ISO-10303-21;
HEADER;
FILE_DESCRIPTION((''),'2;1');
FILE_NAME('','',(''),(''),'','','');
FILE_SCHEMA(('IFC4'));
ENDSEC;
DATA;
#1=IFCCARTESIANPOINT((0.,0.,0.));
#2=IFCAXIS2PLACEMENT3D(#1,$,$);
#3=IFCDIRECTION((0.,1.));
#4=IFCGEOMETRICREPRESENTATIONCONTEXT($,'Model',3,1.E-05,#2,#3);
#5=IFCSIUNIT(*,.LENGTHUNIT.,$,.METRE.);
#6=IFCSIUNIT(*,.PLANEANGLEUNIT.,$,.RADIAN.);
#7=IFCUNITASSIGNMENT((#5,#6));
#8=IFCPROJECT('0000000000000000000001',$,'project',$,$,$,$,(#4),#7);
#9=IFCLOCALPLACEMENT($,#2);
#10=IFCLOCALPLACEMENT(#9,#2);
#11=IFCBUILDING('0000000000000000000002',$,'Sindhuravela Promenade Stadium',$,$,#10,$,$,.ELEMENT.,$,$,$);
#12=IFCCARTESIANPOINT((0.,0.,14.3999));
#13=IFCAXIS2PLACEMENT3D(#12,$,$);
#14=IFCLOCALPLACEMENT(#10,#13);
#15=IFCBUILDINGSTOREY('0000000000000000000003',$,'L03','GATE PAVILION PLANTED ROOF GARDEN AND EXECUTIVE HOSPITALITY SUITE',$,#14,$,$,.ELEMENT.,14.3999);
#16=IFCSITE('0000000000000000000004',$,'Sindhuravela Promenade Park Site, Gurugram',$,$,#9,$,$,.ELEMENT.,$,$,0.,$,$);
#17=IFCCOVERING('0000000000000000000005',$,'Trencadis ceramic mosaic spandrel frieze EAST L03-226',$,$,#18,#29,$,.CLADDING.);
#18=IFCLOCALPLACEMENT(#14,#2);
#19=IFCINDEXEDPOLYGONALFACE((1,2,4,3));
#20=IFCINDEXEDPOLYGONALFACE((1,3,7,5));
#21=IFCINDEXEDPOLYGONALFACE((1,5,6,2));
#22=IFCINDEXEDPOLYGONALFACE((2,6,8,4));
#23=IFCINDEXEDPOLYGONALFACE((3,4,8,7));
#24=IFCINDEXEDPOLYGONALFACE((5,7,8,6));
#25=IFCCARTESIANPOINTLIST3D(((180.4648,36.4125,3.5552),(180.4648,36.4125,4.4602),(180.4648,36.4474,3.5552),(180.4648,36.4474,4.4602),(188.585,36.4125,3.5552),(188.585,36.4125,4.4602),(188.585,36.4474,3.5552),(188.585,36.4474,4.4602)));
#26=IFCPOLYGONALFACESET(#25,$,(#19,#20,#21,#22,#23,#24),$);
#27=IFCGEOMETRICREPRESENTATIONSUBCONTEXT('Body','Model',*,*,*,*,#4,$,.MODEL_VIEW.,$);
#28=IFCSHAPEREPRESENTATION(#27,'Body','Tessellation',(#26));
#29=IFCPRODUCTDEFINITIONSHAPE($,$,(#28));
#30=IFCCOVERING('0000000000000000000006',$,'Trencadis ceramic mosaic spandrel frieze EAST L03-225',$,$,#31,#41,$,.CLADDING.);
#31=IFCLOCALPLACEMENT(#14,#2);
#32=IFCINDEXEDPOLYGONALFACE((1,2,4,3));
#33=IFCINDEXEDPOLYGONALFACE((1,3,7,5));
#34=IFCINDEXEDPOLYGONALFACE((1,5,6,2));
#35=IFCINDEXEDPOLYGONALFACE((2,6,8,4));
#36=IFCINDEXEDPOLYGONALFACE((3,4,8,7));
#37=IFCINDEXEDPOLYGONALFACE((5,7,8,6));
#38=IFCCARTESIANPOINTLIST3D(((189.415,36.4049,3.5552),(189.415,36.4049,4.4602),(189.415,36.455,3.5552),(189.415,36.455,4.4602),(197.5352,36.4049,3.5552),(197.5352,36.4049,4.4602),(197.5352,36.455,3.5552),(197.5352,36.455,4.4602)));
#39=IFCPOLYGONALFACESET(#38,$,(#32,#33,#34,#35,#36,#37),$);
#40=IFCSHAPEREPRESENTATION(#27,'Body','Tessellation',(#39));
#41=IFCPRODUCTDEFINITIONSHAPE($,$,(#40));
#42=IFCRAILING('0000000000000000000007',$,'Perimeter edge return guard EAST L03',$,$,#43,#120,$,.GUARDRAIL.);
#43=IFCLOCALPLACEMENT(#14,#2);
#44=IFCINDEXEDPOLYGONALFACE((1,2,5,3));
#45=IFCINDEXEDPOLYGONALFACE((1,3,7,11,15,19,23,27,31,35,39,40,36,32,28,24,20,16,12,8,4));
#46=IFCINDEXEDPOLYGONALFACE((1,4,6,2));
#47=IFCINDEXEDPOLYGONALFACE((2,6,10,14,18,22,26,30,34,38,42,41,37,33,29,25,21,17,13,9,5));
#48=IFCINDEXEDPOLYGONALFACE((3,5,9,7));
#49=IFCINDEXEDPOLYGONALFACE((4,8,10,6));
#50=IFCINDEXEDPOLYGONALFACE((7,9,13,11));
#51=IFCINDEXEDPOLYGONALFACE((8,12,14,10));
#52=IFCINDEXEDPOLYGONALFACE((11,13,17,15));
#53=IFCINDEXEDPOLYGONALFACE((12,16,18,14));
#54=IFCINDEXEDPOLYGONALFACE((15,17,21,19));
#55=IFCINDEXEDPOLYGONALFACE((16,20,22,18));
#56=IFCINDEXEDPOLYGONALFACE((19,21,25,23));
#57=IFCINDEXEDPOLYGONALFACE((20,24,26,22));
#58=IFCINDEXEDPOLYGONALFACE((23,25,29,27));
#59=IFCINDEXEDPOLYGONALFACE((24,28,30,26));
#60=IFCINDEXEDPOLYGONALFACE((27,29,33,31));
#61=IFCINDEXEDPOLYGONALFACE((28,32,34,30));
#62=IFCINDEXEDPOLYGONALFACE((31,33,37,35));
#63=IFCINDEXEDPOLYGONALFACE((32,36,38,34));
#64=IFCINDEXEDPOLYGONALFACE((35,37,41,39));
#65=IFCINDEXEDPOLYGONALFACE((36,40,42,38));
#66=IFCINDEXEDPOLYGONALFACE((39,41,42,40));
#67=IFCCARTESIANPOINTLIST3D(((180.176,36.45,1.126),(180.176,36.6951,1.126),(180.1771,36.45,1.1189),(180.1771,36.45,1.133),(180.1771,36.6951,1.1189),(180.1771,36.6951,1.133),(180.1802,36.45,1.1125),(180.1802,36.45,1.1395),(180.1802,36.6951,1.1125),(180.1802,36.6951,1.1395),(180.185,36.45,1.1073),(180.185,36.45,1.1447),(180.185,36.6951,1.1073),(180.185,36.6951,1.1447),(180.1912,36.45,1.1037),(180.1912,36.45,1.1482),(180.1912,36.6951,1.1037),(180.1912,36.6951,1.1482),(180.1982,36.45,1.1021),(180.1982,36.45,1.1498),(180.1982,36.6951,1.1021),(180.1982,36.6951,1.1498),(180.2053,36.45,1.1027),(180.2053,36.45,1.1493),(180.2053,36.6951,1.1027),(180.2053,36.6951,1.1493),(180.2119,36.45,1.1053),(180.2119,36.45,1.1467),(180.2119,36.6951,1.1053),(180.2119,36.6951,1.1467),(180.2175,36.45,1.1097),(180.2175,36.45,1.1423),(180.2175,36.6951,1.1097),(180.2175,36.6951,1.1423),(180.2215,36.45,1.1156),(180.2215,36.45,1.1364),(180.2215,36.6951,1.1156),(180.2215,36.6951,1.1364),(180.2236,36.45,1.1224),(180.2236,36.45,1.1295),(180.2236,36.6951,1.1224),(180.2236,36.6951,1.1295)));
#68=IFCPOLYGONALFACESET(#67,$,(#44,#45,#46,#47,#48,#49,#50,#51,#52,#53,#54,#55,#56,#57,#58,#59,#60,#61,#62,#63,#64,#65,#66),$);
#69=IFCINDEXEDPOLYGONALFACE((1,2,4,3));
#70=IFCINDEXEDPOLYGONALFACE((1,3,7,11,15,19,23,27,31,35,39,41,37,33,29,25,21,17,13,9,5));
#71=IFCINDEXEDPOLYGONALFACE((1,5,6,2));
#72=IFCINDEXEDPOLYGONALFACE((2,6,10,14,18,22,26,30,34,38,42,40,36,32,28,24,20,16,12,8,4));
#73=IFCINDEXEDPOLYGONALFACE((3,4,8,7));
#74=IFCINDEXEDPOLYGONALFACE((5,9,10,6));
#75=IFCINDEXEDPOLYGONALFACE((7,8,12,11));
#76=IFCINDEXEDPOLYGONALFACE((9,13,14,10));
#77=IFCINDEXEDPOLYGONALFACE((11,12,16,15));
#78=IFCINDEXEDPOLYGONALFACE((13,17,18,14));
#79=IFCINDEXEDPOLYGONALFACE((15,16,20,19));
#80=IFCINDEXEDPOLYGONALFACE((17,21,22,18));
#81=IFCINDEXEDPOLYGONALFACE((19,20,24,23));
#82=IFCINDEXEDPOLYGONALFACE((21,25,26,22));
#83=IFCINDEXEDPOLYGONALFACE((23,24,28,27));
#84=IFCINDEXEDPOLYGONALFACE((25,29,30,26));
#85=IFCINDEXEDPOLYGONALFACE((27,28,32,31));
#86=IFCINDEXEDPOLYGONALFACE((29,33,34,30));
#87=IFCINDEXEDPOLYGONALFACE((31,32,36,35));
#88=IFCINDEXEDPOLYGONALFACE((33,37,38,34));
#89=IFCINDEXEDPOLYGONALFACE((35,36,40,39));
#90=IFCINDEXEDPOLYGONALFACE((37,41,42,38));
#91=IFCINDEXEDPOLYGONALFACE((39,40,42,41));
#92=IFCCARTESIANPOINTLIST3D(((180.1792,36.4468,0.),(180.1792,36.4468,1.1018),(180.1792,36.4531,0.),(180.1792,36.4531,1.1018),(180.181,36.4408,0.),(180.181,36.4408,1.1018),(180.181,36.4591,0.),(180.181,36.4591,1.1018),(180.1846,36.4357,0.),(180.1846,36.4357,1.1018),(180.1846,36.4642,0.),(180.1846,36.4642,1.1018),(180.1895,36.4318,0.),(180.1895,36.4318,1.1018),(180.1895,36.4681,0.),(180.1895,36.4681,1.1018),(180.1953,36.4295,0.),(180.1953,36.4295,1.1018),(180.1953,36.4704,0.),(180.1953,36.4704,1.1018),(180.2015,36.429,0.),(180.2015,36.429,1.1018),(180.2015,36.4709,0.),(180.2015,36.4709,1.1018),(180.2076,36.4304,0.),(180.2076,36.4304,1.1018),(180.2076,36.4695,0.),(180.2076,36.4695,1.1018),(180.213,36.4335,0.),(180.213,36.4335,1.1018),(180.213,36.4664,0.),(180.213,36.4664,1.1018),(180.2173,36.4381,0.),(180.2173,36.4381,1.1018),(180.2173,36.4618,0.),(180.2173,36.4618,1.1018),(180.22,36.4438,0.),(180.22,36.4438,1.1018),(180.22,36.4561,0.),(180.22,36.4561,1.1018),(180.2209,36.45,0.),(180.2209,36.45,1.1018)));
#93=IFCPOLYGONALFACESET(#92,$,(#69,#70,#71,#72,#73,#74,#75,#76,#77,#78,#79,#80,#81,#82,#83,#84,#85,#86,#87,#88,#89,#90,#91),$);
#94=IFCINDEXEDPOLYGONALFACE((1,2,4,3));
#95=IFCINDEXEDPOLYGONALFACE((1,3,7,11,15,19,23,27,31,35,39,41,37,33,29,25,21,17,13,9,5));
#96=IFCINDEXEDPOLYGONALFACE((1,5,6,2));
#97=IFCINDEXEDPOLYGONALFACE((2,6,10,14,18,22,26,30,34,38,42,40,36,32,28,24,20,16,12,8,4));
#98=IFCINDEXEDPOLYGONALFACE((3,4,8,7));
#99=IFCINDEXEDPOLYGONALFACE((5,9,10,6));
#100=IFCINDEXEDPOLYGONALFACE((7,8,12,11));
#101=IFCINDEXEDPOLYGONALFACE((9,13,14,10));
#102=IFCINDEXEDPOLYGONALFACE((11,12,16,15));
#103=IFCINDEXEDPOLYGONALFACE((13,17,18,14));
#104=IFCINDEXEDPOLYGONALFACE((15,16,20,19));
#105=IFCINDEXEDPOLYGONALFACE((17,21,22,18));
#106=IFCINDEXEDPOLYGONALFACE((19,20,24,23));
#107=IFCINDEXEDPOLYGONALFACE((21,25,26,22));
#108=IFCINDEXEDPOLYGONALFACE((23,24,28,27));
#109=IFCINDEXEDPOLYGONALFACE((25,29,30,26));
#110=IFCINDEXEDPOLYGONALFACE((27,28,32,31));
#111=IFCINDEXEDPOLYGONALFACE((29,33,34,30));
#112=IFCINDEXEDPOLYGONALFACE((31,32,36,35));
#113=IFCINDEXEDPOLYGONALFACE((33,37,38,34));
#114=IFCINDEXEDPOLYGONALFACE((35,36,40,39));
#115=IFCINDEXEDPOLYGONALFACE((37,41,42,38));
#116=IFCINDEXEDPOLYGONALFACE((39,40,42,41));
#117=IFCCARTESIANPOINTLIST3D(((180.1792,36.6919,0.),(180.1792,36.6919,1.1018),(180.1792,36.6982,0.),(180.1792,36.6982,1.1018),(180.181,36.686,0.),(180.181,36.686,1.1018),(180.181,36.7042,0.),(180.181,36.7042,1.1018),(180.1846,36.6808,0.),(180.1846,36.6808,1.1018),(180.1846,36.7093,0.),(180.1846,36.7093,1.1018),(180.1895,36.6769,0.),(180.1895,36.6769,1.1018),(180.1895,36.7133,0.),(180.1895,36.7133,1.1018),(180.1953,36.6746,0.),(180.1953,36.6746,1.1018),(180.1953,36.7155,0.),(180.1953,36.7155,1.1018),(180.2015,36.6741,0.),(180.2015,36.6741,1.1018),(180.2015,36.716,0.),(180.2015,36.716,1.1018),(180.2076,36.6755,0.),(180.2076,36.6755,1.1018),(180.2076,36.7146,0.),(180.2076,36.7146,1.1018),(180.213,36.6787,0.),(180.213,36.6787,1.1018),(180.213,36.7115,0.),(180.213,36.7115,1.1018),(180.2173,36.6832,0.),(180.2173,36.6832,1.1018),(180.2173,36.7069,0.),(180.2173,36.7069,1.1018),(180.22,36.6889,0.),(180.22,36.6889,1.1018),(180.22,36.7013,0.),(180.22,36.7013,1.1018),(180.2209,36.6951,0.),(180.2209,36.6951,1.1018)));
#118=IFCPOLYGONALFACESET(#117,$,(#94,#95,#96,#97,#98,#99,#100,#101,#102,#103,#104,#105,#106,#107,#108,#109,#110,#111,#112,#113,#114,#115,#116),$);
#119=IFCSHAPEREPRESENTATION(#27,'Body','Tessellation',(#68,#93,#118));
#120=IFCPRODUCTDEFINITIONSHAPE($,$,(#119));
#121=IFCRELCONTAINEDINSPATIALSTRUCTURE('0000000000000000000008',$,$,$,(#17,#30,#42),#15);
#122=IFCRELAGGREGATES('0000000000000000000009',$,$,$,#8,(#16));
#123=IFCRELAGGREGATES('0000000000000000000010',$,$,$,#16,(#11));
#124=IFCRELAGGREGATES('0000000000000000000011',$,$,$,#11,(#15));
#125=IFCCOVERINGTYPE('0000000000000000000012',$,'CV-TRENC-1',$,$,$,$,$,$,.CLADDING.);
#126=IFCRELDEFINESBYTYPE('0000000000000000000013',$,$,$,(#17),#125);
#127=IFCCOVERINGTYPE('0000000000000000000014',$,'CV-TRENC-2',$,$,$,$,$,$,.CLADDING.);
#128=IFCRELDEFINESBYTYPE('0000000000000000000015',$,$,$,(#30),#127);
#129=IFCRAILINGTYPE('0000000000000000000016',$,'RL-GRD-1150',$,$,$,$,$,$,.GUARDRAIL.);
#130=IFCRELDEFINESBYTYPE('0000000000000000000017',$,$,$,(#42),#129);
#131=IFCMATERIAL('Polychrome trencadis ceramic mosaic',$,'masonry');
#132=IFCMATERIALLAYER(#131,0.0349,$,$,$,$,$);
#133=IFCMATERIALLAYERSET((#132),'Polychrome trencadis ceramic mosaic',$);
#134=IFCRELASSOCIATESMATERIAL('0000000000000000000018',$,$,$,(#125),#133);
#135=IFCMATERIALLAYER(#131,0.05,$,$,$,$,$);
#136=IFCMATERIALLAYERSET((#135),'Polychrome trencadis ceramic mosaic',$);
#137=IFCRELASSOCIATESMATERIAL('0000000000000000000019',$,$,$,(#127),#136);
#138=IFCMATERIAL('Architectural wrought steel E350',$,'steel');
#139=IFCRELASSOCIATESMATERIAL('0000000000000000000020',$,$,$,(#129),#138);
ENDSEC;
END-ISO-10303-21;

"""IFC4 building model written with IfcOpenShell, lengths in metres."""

from ifc_helpers import new_model, si_unit, direction, frame, origin, origin_2d, place, context, subcontext, project, spatial, rectangle, circle, extrude, material, layer, layer_set, type_object, element, save


model = new_model("IFC4")

# Units and contexts
model_context = context("Model", 3, precision=1e-05, world=origin(), true_north=direction((0.0, 1.0)))
body_context = subcontext(model_context, "Body", "Model", "MODEL_VIEW")
ifc_project = project(units=[si_unit("LENGTHUNIT", "METRE"), si_unit("PLANEANGLEUNIT", "RADIAN")], contexts=[model_context])

# Site, building, storey
site_placement = place(None, origin())
site = spatial("IfcSite", under=ifc_project, at=site_placement, Name="Sindhuravela Promenade Park Site, Gurugram", CompositionType="ELEMENT", RefElevation=0.0)
building_placement = place(site_placement, origin())
building = spatial("IfcBuilding", under=site, at=building_placement, Name="Sindhuravela Promenade Stadium", CompositionType="ELEMENT")
storey_placement = place(building_placement, frame((0.0, 0.0, 14.3999)))
storey = spatial("IfcBuildingStorey", under=building, at=storey_placement, Name="L03", Description="GATE PAVILION PLANTED ROOF GARDEN AND EXECUTIVE HOSPITALITY SUITE", CompositionType="ELEMENT", Elevation=14.3999)

# Coverings
ifc_material_1 = material(Name="Polychrome trencadis ceramic mosaic", Category="masonry")
ifc_layer_1 = layer(ifc_material_1, 0.0349)
ifc_layer_set_1 = layer_set([ifc_layer_1], Name="Polychrome trencadis ceramic mosaic")
covering_type_1 = type_object("IfcCoveringType", Name="CV-TRENC-1", PredefinedType="CLADDING", material=ifc_layer_set_1)
covering_1_placement = place(storey_placement, frame((184.5249, 36.4299, 3.5552), z_axis=(0.0, 0.0, 1.0), x_axis=(-1.0, 0.0, 0.0)))
element("IfcCovering", 1, at=covering_1_placement, inside=storey, type_object=covering_type_1, Name="Trencadis ceramic mosaic spandrel frieze EAST L03-226", PredefinedType="CLADDING", context=body_context, shape_type="SweptSolid", body=[
    extrude(rectangle(XDim=8.1201, YDim=0.0349, at=origin_2d()), origin(), (0.0, 0.0, 1.0), 0.905),
])
ifc_layer_2 = layer(ifc_material_1, 0.05)
ifc_layer_set_2 = layer_set([ifc_layer_2], Name="Polychrome trencadis ceramic mosaic")
covering_type_2 = type_object("IfcCoveringType", Name="CV-TRENC-2", PredefinedType="CLADDING", material=ifc_layer_set_2)
covering_2_placement = place(storey_placement, frame((193.4751, 36.4299, 3.5552), z_axis=(0.0, 0.0, 1.0), x_axis=(-1.0, 0.0, 0.0)))
element("IfcCovering", 2, at=covering_2_placement, inside=storey, type_object=covering_type_2, Name="Trencadis ceramic mosaic spandrel frieze EAST L03-225", PredefinedType="CLADDING", context=body_context, shape_type="SweptSolid", body=[
    extrude(rectangle(XDim=8.1201, YDim=0.05, at=origin_2d()), origin(), (0.0, 0.0, 1.0), 0.905),
])

# Railing
ifc_material_2 = material(Name="Architectural wrought steel E350", Category="steel")
railing_type_1 = type_object("IfcRailingType", Name="RL-GRD-1150", PredefinedType="GUARDRAIL", material=ifc_material_2)
railing_1_placement = place(storey_placement, frame((180.2, 36.45, 0.0)))
element("IfcRailing", 3, at=railing_1_placement, inside=storey, type_object=railing_type_1, Name="Perimeter edge return guard EAST L03", PredefinedType="GUARDRAIL", context=body_context, shape_type="SweptSolid", body=[
    extrude(circle(Radius=0.0239, at=origin_2d()), frame((0.0, 0.0, 1.126), z_axis=(0.0, 1.0, 0.0), x_axis=(-1.0, 0.0, 0.0)), (0.0, 0.0, 1.0), 0.2451),
    extrude(circle(Radius=0.021, at=origin_2d()), origin(), (0.0, 0.0, 1.0), 1.1018),
    extrude(circle(Radius=0.021, at=origin_2d()), frame((0.0, 0.2451, 0.0)), (0.0, 0.0, 1.0), 1.1018),
])

save(model, "model.ifc")
